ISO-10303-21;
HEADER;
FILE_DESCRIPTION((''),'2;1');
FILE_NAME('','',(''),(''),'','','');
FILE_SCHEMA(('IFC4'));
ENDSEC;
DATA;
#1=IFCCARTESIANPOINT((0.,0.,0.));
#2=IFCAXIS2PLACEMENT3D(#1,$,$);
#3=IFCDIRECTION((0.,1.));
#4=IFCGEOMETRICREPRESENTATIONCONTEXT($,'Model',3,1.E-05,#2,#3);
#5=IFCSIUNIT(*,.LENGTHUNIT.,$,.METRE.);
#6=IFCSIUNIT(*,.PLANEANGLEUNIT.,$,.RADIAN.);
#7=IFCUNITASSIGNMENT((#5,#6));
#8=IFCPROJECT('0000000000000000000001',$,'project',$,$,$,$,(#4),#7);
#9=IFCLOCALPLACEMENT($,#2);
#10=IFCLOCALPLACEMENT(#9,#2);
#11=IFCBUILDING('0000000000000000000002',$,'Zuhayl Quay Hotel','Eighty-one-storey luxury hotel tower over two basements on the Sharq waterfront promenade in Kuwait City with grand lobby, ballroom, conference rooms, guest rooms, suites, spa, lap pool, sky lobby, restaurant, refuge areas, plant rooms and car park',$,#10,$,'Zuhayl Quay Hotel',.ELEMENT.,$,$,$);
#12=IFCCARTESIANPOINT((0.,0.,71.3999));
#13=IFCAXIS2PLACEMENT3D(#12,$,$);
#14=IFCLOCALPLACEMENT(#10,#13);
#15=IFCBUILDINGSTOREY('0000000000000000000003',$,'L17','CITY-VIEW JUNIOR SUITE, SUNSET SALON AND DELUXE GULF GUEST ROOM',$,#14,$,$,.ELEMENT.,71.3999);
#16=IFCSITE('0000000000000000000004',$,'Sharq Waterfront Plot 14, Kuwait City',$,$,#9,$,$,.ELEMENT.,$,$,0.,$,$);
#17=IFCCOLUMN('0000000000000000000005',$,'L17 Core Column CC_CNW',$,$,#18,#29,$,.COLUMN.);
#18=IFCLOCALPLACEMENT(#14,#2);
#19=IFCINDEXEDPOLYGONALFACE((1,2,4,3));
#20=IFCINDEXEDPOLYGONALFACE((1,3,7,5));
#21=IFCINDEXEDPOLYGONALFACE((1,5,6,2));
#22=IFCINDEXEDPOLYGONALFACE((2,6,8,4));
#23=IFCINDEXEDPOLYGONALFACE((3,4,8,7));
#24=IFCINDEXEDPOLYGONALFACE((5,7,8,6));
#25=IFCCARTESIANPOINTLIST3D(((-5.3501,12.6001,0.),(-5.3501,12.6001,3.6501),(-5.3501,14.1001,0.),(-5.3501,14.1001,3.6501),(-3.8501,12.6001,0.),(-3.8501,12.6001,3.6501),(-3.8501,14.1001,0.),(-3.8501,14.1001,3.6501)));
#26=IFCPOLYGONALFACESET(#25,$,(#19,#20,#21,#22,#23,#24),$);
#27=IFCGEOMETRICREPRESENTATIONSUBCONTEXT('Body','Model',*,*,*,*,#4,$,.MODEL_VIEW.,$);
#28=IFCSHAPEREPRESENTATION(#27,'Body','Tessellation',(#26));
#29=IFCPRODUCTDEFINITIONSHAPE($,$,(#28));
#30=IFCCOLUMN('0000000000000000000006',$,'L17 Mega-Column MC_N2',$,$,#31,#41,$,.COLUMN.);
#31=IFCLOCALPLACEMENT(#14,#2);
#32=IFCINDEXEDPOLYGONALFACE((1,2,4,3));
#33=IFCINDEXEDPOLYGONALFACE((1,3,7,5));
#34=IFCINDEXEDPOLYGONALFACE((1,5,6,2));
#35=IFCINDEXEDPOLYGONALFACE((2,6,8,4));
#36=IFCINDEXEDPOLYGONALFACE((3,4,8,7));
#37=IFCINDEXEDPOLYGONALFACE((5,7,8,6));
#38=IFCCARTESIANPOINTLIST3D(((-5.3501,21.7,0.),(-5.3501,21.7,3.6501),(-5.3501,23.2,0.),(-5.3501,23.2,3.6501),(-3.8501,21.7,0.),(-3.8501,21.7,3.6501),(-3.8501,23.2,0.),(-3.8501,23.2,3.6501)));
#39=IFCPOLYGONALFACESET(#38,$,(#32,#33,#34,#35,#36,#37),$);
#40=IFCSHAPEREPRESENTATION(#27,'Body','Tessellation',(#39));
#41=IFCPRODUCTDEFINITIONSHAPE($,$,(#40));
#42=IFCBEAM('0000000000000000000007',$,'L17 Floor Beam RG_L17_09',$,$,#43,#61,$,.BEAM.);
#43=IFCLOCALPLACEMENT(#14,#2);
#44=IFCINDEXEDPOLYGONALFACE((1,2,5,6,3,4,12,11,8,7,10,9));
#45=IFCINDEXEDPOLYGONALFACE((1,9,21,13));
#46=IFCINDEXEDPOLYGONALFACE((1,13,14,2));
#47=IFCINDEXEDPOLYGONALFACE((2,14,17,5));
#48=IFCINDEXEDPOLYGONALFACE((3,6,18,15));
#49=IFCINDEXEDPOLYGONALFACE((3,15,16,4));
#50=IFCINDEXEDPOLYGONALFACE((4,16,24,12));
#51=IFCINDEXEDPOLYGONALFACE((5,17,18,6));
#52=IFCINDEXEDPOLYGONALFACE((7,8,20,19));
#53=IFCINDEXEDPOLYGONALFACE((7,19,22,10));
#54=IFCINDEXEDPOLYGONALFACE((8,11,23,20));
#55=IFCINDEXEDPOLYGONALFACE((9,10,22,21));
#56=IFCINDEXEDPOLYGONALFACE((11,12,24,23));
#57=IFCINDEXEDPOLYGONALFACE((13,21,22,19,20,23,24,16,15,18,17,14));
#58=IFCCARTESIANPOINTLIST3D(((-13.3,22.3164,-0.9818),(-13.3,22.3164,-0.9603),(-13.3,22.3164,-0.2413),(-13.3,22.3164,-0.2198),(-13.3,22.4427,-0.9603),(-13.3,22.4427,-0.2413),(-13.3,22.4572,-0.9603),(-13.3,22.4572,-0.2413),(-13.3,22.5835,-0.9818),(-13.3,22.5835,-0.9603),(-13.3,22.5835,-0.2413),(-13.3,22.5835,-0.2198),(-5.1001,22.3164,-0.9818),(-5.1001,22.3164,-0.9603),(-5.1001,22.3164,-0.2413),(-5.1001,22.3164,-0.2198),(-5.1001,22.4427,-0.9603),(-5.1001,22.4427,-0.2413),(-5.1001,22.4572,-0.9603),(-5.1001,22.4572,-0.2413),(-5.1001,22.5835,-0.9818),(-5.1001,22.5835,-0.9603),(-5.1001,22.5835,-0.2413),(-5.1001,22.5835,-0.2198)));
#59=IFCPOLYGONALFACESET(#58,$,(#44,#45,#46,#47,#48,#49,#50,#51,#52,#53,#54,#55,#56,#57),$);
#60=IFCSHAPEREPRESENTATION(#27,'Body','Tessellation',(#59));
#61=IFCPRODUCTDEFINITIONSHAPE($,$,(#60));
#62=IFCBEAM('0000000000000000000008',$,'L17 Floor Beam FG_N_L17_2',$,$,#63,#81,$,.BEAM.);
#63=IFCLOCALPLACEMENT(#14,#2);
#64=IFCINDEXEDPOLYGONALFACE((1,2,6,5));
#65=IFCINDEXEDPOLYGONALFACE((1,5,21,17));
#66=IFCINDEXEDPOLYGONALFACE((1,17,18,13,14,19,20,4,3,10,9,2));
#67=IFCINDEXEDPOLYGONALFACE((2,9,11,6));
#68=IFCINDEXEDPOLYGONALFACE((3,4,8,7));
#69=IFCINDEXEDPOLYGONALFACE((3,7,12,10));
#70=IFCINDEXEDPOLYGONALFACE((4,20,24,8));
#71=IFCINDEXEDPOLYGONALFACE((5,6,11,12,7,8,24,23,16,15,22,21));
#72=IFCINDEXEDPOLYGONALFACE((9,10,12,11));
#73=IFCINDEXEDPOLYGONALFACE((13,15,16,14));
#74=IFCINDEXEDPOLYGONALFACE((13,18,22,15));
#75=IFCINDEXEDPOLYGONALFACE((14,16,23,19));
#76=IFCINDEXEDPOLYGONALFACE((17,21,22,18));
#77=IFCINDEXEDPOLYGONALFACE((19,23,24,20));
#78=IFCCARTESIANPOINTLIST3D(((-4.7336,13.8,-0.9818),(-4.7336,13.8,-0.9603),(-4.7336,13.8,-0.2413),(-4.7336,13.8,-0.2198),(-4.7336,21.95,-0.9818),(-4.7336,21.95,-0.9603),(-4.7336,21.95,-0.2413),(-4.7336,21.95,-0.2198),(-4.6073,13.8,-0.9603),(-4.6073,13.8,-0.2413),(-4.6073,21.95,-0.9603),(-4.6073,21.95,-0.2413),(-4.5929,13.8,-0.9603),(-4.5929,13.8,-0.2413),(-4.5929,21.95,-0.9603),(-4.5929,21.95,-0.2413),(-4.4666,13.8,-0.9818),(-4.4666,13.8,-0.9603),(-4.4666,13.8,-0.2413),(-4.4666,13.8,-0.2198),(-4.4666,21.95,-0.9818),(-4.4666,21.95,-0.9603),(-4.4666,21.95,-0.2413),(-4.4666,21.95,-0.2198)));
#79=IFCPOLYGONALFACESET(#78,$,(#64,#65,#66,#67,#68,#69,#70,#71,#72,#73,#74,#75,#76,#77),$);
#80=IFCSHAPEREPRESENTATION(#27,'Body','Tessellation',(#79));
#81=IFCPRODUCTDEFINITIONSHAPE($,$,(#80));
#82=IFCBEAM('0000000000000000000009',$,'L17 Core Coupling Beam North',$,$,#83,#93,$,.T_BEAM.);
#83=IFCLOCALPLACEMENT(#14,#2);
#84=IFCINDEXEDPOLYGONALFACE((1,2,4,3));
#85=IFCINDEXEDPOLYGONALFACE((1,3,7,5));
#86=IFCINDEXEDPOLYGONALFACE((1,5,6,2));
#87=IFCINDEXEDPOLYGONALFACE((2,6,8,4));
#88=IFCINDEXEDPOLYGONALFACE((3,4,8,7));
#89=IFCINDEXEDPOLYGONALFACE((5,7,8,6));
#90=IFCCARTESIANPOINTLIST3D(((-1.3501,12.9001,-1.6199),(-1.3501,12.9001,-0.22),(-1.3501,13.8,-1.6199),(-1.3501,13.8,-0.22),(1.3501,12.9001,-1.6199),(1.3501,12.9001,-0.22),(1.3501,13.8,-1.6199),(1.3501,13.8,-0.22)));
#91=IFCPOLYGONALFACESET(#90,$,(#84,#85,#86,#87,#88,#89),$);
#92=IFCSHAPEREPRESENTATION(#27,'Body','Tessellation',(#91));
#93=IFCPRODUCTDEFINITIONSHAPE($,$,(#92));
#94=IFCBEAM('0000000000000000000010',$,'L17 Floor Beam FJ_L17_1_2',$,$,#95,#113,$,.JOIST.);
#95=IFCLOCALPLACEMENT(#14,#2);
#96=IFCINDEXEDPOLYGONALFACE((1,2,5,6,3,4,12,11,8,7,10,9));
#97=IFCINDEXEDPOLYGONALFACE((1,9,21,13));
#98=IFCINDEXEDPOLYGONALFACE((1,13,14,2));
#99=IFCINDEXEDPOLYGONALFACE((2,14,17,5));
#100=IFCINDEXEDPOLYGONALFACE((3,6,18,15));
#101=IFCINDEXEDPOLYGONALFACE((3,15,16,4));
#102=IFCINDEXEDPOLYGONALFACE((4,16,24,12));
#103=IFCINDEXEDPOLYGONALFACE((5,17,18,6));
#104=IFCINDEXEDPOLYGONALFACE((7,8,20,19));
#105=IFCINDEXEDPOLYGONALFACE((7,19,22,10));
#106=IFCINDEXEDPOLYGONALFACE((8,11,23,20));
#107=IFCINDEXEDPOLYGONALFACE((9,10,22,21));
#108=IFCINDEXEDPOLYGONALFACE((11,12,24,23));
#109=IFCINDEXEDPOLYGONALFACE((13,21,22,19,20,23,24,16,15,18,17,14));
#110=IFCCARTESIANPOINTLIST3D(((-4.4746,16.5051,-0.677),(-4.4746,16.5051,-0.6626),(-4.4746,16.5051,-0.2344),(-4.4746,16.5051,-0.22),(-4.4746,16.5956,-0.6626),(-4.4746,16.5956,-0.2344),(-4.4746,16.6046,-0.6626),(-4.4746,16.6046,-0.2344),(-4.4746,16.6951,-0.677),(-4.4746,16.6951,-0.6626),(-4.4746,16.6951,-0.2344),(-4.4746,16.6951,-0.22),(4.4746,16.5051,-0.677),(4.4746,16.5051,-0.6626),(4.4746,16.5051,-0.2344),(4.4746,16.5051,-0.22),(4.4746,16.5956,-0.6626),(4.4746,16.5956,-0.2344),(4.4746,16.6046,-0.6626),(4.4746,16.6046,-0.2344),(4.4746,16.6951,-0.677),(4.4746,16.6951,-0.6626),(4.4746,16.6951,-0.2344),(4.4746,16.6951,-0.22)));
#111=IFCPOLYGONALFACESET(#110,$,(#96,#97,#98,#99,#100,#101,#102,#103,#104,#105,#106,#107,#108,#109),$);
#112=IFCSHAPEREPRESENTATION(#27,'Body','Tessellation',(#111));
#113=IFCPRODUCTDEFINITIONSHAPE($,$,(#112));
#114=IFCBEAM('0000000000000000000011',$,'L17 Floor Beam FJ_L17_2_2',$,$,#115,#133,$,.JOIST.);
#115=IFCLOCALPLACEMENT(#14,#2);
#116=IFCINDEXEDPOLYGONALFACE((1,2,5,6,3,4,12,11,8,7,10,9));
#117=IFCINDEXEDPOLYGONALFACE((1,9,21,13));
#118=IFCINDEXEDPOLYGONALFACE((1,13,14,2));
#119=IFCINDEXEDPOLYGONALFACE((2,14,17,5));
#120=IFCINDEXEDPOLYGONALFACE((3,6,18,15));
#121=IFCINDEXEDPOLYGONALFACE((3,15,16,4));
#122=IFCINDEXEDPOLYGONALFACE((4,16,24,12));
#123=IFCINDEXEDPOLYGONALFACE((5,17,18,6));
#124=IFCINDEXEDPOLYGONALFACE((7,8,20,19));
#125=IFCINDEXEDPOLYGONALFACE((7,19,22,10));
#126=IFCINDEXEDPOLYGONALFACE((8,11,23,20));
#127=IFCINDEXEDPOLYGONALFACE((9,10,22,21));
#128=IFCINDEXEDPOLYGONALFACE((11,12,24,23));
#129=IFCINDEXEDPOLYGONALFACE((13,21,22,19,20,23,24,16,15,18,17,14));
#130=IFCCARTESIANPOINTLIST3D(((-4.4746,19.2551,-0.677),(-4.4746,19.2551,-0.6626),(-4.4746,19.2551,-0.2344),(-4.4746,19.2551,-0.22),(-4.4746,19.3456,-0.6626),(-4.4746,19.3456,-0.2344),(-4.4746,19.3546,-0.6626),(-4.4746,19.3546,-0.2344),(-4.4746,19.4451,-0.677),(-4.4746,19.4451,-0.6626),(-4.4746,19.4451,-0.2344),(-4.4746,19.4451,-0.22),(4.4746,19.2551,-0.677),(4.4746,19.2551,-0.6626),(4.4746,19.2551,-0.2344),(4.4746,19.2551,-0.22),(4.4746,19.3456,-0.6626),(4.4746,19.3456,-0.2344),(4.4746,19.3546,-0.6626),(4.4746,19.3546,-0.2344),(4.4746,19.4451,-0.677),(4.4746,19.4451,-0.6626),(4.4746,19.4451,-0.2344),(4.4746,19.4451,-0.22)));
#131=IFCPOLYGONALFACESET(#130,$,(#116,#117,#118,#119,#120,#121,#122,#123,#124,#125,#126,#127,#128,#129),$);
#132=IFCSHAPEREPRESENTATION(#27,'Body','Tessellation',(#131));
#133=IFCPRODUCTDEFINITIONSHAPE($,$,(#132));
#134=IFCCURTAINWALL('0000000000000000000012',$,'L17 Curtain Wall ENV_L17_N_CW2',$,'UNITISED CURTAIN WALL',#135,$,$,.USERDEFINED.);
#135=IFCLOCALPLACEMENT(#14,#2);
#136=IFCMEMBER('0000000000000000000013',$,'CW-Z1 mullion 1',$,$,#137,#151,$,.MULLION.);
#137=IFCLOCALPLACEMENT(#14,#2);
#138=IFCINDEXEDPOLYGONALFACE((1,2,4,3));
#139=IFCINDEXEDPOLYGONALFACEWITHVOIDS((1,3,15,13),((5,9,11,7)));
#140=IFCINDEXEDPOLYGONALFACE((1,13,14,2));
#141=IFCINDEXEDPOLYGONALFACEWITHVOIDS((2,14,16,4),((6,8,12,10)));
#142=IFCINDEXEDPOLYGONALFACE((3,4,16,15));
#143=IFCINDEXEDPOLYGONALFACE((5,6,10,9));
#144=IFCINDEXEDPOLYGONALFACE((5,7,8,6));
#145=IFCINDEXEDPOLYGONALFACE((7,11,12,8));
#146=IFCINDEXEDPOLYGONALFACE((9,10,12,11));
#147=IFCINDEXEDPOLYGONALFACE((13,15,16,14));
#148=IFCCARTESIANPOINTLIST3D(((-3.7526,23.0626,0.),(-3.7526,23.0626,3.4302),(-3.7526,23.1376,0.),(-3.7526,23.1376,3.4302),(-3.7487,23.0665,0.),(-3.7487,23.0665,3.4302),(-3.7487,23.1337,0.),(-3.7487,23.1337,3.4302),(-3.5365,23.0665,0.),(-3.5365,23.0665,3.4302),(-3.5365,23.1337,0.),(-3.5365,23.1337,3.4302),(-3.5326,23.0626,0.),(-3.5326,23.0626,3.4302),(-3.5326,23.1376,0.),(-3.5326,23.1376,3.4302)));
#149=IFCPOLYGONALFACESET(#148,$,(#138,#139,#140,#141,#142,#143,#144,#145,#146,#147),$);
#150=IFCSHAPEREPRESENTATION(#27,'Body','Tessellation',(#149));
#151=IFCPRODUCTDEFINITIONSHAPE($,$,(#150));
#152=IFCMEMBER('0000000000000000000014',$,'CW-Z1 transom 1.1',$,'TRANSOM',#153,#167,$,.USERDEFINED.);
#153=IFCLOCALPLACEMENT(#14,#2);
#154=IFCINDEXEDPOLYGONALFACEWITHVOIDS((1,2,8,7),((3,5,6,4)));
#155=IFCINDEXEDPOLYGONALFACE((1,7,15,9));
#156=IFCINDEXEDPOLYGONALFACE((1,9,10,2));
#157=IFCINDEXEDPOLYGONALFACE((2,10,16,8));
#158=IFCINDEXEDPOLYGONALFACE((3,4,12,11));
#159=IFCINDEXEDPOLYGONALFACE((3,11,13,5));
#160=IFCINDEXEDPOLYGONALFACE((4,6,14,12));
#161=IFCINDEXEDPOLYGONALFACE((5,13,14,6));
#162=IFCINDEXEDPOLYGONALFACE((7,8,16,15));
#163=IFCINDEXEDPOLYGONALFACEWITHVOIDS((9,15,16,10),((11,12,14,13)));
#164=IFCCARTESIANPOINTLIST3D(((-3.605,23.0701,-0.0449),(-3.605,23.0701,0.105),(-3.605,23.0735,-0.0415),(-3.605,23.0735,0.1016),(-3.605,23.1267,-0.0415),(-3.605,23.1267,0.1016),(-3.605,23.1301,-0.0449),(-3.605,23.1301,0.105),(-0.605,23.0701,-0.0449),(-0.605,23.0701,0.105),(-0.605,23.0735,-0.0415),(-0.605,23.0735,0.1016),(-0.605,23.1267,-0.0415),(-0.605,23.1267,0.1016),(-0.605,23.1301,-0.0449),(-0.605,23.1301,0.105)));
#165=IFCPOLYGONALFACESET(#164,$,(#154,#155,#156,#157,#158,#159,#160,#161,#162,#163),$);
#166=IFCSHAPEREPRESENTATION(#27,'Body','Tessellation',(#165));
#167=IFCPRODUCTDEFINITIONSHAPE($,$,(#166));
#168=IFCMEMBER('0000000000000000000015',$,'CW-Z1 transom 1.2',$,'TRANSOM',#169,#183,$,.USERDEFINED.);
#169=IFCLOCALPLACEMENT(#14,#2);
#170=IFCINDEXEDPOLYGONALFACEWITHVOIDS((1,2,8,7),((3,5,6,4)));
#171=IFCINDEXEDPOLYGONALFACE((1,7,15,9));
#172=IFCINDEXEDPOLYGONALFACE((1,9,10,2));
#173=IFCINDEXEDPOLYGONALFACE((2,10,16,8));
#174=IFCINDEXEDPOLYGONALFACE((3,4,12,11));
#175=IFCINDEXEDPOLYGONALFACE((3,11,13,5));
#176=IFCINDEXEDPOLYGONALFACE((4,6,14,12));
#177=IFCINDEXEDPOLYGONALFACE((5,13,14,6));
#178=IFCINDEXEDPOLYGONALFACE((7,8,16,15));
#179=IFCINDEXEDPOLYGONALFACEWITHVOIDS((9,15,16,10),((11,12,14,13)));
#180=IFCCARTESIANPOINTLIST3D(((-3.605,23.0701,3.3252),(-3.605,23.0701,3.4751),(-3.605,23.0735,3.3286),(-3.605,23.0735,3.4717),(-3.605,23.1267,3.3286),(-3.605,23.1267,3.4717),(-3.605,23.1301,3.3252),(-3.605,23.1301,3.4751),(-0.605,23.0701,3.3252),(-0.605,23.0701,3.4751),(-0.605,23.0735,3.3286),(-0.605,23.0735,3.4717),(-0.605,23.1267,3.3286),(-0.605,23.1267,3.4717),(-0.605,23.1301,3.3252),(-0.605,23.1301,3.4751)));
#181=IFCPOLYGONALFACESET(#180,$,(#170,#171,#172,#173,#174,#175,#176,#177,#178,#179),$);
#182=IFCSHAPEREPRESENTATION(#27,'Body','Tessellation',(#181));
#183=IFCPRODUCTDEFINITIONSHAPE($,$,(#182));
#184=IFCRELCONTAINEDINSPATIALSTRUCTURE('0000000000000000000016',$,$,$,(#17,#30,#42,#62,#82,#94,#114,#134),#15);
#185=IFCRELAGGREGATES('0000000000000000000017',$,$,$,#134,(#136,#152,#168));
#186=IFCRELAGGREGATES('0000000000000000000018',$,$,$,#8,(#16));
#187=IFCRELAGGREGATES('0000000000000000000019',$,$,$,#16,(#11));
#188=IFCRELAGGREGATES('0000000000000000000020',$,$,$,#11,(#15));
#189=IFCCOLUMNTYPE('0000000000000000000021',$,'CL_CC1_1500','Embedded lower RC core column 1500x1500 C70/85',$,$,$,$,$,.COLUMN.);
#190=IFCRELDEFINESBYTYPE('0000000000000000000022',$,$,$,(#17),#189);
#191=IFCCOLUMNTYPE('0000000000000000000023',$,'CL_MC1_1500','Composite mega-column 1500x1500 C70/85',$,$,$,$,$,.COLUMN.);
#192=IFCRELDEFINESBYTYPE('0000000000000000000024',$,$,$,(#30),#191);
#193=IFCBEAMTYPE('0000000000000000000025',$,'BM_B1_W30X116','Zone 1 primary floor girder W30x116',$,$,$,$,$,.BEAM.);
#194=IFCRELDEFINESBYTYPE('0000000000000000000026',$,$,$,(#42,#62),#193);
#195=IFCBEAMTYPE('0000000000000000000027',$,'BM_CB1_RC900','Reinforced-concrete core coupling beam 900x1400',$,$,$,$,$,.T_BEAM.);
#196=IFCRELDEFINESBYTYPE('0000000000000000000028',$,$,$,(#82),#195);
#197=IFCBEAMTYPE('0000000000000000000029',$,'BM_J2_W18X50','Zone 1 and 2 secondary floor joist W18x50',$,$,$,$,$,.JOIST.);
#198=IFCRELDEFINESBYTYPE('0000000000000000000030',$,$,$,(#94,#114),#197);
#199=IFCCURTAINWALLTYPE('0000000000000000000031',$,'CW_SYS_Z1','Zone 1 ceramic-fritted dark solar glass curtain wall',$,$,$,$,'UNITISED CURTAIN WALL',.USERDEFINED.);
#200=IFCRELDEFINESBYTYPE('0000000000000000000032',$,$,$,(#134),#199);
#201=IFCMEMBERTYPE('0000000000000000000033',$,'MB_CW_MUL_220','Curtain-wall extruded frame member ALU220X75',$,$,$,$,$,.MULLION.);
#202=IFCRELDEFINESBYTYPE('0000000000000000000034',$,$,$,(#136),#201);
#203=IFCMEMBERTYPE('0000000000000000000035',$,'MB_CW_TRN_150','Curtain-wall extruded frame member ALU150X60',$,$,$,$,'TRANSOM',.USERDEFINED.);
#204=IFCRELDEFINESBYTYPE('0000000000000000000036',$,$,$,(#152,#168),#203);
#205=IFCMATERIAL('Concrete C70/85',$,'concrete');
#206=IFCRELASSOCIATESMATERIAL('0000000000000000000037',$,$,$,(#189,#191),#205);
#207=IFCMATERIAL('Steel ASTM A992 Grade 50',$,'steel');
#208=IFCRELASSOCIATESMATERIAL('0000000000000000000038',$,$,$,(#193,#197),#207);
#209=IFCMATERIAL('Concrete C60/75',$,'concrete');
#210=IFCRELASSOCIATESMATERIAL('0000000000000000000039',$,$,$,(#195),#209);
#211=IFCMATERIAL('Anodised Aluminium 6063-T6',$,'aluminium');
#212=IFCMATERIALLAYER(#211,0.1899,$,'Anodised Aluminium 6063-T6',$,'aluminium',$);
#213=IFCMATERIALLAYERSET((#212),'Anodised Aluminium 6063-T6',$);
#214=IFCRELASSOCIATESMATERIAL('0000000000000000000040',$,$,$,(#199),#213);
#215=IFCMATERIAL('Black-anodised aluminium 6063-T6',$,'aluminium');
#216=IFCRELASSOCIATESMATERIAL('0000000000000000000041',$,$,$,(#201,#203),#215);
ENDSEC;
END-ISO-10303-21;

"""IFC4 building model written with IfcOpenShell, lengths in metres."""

from ifc_helpers import new_model, si_unit, direction, frame, origin, origin_2d, place, context, subcontext, project, spatial, rectangle, hollow_rectangle, i_section, extrude, material, layer, layer_set, material_profile, profile_set, type_object, element, aggregate, save


model = new_model("IFC4")

# Units and contexts
model_context = context("Model", 3, precision=1e-05, world=origin(), true_north=direction((0.0, 1.0)))
body_context = subcontext(model_context, "Body", "Model", "MODEL_VIEW")
ifc_project = project(units=[si_unit("LENGTHUNIT", "METRE"), si_unit("PLANEANGLEUNIT", "RADIAN")], contexts=[model_context])

# Site, building, storey
site_placement = place(None, origin())
site = spatial("IfcSite", under=ifc_project, at=site_placement, Name="Sharq Waterfront Plot 14, Kuwait City", CompositionType="ELEMENT", RefElevation=0.0)
building_placement = place(site_placement, origin())
building = spatial("IfcBuilding", under=site, at=building_placement, Name="Zuhayl Quay Hotel", Description="Eighty-one-storey luxury hotel tower over two basements on the Sharq waterfront promenade in Kuwait City with grand lobby, ballroom, conference rooms, guest rooms, suites, spa, lap pool, sky lobby, restaurant, refuge areas, plant rooms and car park", LongName="Zuhayl Quay Hotel", CompositionType="ELEMENT")
storey_placement = place(building_placement, frame((0.0, 0.0, 71.3999)))
storey = spatial("IfcBuildingStorey", under=building, at=storey_placement, Name="L17", Description="CITY-VIEW JUNIOR SUITE, SUNSET SALON AND DELUXE GULF GUEST ROOM", CompositionType="ELEMENT", Elevation=71.3999)

# Columns
ifc_material_1 = material(Name="Concrete C70/85", Category="concrete")
ifc_material_profile_1 = material_profile(ifc_material_1, rectangle(XDim=1.5, YDim=1.5, at=origin_2d()), Name="RC1500X1500")
ifc_profile_set_1 = profile_set([ifc_material_profile_1], Name="Concrete C70/85")
column_type_1 = type_object("IfcColumnType", Name="CL_CC1_1500", Description="Embedded lower RC core column 1500x1500 C70/85", PredefinedType="COLUMN", material=ifc_profile_set_1)
column_1_placement = place(storey_placement, frame((-4.6001, 13.3501, 0.0), z_axis=(0.0, 0.0, 1.0), x_axis=(1.0, 0.0, 0.0)))
element("IfcColumn", 1, at=column_1_placement, inside=storey, type_object=column_type_1, Name="L17 Core Column CC_CNW", PredefinedType="COLUMN", context=body_context, shape_type="SweptSolid", body=[
    extrude(rectangle(XDim=1.5, YDim=1.5, at=origin_2d()), origin(), (0.0, 0.0, 1.0), 3.6501),
])
ifc_material_profile_2 = material_profile(ifc_material_1, rectangle(XDim=1.5, YDim=1.5, at=origin_2d()), Name="RC1500X1500")
ifc_profile_set_2 = profile_set([ifc_material_profile_2], Name="Concrete C70/85")
column_type_2 = type_object("IfcColumnType", Name="CL_MC1_1500", Description="Composite mega-column 1500x1500 C70/85", PredefinedType="COLUMN", material=ifc_profile_set_2)
column_2_placement = place(storey_placement, frame((-4.6001, 22.45, 0.0), z_axis=(0.0, 0.0, 1.0), x_axis=(1.0, 0.0, 0.0)))
element("IfcColumn", 2, at=column_2_placement, inside=storey, type_object=column_type_2, Name="L17 Mega-Column MC_N2", PredefinedType="COLUMN", context=body_context, shape_type="SweptSolid", body=[
    extrude(rectangle(XDim=1.5, YDim=1.5, at=origin_2d()), origin(), (0.0, 0.0, 1.0), 3.6501),
])

# Beams
ifc_material_2 = material(Name="Steel ASTM A992 Grade 50", Category="steel")
ifc_material_profile_3 = material_profile(ifc_material_2, i_section(OverallWidth=0.2671, OverallDepth=0.762, WebThickness=0.0144, FlangeThickness=0.0215, at=origin_2d()), Name="W30X116")
ifc_profile_set_3 = profile_set([ifc_material_profile_3], Name="Steel ASTM A992 Grade 50")
beam_type_1 = type_object("IfcBeamType", Name="BM_B1_W30X116", Description="Zone 1 primary floor girder W30x116", PredefinedType="BEAM", material=ifc_profile_set_3)
beam_1_placement = place(storey_placement, frame((-5.1001, 22.45, -0.6008), z_axis=(-1.0, 0.0, 0.0), x_axis=(0.0, -1.0, 0.0)))
element("IfcBeam", 3, at=beam_1_placement, inside=storey, type_object=beam_type_1, Name="L17 Floor Beam RG_L17_09", PredefinedType="BEAM", context=body_context, shape_type="SweptSolid", body=[
    extrude(i_section(OverallWidth=0.2671, OverallDepth=0.762, WebThickness=0.0144, FlangeThickness=0.0215, at=origin_2d()), origin(), (0.0, 0.0, 1.0), 8.2),
])
beam_2_placement = place(storey_placement, frame((-4.6001, 13.8, -0.6008), z_axis=(0.0, 1.0, 0.0), x_axis=(-1.0, 0.0, 0.0)))
element("IfcBeam", 4, at=beam_2_placement, inside=storey, type_object=beam_type_1, Name="L17 Floor Beam FG_N_L17_2", PredefinedType="BEAM", context=body_context, shape_type="SweptSolid", body=[
    extrude(i_section(OverallWidth=0.2671, OverallDepth=0.762, WebThickness=0.0144, FlangeThickness=0.0215, at=origin_2d()), origin(), (0.0, 0.0, 1.0), 8.1499),
])
ifc_material_3 = material(Name="Concrete C60/75", Category="concrete")
ifc_material_profile_4 = material_profile(ifc_material_3, rectangle(XDim=0.8999, YDim=1.3999, at=origin_2d()), Name="RC900X1400")
ifc_profile_set_4 = profile_set([ifc_material_profile_4], Name="Concrete C60/75")
beam_type_2 = type_object("IfcBeamType", Name="BM_CB1_RC900", Description="Reinforced-concrete core coupling beam 900x1400", PredefinedType="T_BEAM", material=ifc_profile_set_4)
beam_3_placement = place(storey_placement, frame((-1.3501, 13.3501, -0.9199), z_axis=(1.0, 0.0, 0.0), x_axis=(0.0, 1.0, 0.0)))
element("IfcBeam", 5, at=beam_3_placement, inside=storey, type_object=beam_type_2, Name="L17 Core Coupling Beam North", PredefinedType="T_BEAM", context=body_context, shape_type="SweptSolid", body=[
    extrude(rectangle(XDim=0.8999, YDim=1.3999, at=origin_2d()), origin(), (0.0, 0.0, 1.0), 2.7002),
])
ifc_material_profile_5 = material_profile(ifc_material_2, i_section(OverallWidth=0.1899, OverallDepth=0.457, WebThickness=0.009, FlangeThickness=0.0144, at=origin_2d()), Name="W18X50")
ifc_profile_set_5 = profile_set([ifc_material_profile_5], Name="Steel ASTM A992 Grade 50")
beam_type_3 = type_object("IfcBeamType", Name="BM_J2_W18X50", Description="Zone 1 and 2 secondary floor joist W18x50", PredefinedType="JOIST", material=ifc_profile_set_5)
for number, where, z_axis, x_axis, name in (
    (6, (-4.4746, 16.6001, -0.4485), (1.0, 0.0, 0.0), (0.0, 1.0, 0.0), "L17 Floor Beam FJ_L17_1_2"),
    (7, (-4.4746, 19.3501, -0.4485), (1.0, 0.0, 0.0), (0.0, 1.0, 0.0), "L17 Floor Beam FJ_L17_2_2"),
):
    element("IfcBeam", number, at=place(storey_placement, frame(where, z_axis=z_axis, x_axis=x_axis)), inside=storey, type_object=beam_type_3, Name=name, PredefinedType="JOIST", context=body_context, shape_type="SweptSolid", body=[
        extrude(i_section(OverallWidth=0.1899, OverallDepth=0.457, WebThickness=0.009, FlangeThickness=0.0144, at=origin_2d()), origin(), (0.0, 0.0, 1.0), 8.9492),
    ])

# Curtain wall, members
ifc_material_4 = material(Name="Anodised Aluminium 6063-T6", Category="aluminium")
ifc_layer_1 = layer(ifc_material_4, 0.1899, Name="Anodised Aluminium 6063-T6", Category="aluminium")
ifc_layer_set_1 = layer_set([ifc_layer_1], Name="Anodised Aluminium 6063-T6")
curtain_wall_type = type_object("IfcCurtainWallType", Name="CW_SYS_Z1", Description="Zone 1 ceramic-fritted dark solar glass curtain wall", ElementType="UNITISED CURTAIN WALL", PredefinedType="USERDEFINED", material=ifc_layer_set_1)
curtain_wall_placement = place(storey_placement, origin())
curtain_wall = element("IfcCurtainWall", 8, at=curtain_wall_placement, inside=storey, type_object=curtain_wall_type, Name="L17 Curtain Wall ENV_L17_N_CW2", ObjectType="UNITISED CURTAIN WALL", PredefinedType="USERDEFINED")
ifc_material_5 = material(Name="Black-anodised aluminium 6063-T6", Category="aluminium")
ifc_material_profile_6 = material_profile(ifc_material_5, hollow_rectangle(XDim=0.075, YDim=0.22, WallThickness=0.0039, at=origin_2d()), Name="ALU220X75")
ifc_profile_set_6 = profile_set([ifc_material_profile_6], Name="Black-anodised aluminium 6063-T6")
member_type_1 = type_object("IfcMemberType", Name="MB_CW_MUL_220", Description="Curtain-wall extruded frame member ALU220X75", PredefinedType="MULLION", material=ifc_profile_set_6)
member_1_placement = place(storey_placement, frame((-3.6426, 23.1001, 0.0), z_axis=(0.0, 0.0, 1.0), x_axis=(0.0, 1.0, 0.0)))
member_1 = element("IfcMember", 9, at=member_1_placement, type_object=member_type_1, Name="CW-Z1 mullion 1", PredefinedType="MULLION", context=body_context, shape_type="SweptSolid", body=[
    extrude(hollow_rectangle(XDim=0.075, YDim=0.22, WallThickness=0.0039, at=origin_2d()), origin(), (0.0, 0.0, 1.0), 3.4302),
])
ifc_material_profile_7 = material_profile(ifc_material_5, hollow_rectangle(XDim=0.0601, YDim=0.1499, WallThickness=0.0034, at=origin_2d()), Name="ALU150X60")
ifc_profile_set_7 = profile_set([ifc_material_profile_7], Name="Black-anodised aluminium 6063-T6")
member_type_2 = type_object("IfcMemberType", Name="MB_CW_TRN_150", Description="Curtain-wall extruded frame member ALU150X60", ElementType="TRANSOM", PredefinedType="USERDEFINED", material=ifc_profile_set_7)
member_2_placement = place(storey_placement, frame((-3.605, 23.1001, 0.03), z_axis=(1.0, 0.0, 0.0), x_axis=(0.0, 1.0, 0.0)))
member_2 = element("IfcMember", 10, at=member_2_placement, type_object=member_type_2, Name="CW-Z1 transom 1.1", ObjectType="TRANSOM", PredefinedType="USERDEFINED", context=body_context, shape_type="SweptSolid", body=[
    extrude(hollow_rectangle(XDim=0.0601, YDim=0.1499, WallThickness=0.0034, at=origin_2d()), origin(), (0.0, 0.0, 1.0), 3.0),
])
member_3_placement = place(storey_placement, frame((-3.605, 23.1001, 3.4001), z_axis=(1.0, 0.0, 0.0), x_axis=(0.0, 1.0, 0.0)))
member_3 = element("IfcMember", 11, at=member_3_placement, type_object=member_type_2, Name="CW-Z1 transom 1.2", ObjectType="TRANSOM", PredefinedType="USERDEFINED", context=body_context, shape_type="SweptSolid", body=[
    extrude(hollow_rectangle(XDim=0.0601, YDim=0.1499, WallThickness=0.0034, at=origin_2d()), origin(), (0.0, 0.0, 1.0), 3.0),
])
aggregate(curtain_wall, [member_1, member_2, member_3])

save(model, "model.ifc")
